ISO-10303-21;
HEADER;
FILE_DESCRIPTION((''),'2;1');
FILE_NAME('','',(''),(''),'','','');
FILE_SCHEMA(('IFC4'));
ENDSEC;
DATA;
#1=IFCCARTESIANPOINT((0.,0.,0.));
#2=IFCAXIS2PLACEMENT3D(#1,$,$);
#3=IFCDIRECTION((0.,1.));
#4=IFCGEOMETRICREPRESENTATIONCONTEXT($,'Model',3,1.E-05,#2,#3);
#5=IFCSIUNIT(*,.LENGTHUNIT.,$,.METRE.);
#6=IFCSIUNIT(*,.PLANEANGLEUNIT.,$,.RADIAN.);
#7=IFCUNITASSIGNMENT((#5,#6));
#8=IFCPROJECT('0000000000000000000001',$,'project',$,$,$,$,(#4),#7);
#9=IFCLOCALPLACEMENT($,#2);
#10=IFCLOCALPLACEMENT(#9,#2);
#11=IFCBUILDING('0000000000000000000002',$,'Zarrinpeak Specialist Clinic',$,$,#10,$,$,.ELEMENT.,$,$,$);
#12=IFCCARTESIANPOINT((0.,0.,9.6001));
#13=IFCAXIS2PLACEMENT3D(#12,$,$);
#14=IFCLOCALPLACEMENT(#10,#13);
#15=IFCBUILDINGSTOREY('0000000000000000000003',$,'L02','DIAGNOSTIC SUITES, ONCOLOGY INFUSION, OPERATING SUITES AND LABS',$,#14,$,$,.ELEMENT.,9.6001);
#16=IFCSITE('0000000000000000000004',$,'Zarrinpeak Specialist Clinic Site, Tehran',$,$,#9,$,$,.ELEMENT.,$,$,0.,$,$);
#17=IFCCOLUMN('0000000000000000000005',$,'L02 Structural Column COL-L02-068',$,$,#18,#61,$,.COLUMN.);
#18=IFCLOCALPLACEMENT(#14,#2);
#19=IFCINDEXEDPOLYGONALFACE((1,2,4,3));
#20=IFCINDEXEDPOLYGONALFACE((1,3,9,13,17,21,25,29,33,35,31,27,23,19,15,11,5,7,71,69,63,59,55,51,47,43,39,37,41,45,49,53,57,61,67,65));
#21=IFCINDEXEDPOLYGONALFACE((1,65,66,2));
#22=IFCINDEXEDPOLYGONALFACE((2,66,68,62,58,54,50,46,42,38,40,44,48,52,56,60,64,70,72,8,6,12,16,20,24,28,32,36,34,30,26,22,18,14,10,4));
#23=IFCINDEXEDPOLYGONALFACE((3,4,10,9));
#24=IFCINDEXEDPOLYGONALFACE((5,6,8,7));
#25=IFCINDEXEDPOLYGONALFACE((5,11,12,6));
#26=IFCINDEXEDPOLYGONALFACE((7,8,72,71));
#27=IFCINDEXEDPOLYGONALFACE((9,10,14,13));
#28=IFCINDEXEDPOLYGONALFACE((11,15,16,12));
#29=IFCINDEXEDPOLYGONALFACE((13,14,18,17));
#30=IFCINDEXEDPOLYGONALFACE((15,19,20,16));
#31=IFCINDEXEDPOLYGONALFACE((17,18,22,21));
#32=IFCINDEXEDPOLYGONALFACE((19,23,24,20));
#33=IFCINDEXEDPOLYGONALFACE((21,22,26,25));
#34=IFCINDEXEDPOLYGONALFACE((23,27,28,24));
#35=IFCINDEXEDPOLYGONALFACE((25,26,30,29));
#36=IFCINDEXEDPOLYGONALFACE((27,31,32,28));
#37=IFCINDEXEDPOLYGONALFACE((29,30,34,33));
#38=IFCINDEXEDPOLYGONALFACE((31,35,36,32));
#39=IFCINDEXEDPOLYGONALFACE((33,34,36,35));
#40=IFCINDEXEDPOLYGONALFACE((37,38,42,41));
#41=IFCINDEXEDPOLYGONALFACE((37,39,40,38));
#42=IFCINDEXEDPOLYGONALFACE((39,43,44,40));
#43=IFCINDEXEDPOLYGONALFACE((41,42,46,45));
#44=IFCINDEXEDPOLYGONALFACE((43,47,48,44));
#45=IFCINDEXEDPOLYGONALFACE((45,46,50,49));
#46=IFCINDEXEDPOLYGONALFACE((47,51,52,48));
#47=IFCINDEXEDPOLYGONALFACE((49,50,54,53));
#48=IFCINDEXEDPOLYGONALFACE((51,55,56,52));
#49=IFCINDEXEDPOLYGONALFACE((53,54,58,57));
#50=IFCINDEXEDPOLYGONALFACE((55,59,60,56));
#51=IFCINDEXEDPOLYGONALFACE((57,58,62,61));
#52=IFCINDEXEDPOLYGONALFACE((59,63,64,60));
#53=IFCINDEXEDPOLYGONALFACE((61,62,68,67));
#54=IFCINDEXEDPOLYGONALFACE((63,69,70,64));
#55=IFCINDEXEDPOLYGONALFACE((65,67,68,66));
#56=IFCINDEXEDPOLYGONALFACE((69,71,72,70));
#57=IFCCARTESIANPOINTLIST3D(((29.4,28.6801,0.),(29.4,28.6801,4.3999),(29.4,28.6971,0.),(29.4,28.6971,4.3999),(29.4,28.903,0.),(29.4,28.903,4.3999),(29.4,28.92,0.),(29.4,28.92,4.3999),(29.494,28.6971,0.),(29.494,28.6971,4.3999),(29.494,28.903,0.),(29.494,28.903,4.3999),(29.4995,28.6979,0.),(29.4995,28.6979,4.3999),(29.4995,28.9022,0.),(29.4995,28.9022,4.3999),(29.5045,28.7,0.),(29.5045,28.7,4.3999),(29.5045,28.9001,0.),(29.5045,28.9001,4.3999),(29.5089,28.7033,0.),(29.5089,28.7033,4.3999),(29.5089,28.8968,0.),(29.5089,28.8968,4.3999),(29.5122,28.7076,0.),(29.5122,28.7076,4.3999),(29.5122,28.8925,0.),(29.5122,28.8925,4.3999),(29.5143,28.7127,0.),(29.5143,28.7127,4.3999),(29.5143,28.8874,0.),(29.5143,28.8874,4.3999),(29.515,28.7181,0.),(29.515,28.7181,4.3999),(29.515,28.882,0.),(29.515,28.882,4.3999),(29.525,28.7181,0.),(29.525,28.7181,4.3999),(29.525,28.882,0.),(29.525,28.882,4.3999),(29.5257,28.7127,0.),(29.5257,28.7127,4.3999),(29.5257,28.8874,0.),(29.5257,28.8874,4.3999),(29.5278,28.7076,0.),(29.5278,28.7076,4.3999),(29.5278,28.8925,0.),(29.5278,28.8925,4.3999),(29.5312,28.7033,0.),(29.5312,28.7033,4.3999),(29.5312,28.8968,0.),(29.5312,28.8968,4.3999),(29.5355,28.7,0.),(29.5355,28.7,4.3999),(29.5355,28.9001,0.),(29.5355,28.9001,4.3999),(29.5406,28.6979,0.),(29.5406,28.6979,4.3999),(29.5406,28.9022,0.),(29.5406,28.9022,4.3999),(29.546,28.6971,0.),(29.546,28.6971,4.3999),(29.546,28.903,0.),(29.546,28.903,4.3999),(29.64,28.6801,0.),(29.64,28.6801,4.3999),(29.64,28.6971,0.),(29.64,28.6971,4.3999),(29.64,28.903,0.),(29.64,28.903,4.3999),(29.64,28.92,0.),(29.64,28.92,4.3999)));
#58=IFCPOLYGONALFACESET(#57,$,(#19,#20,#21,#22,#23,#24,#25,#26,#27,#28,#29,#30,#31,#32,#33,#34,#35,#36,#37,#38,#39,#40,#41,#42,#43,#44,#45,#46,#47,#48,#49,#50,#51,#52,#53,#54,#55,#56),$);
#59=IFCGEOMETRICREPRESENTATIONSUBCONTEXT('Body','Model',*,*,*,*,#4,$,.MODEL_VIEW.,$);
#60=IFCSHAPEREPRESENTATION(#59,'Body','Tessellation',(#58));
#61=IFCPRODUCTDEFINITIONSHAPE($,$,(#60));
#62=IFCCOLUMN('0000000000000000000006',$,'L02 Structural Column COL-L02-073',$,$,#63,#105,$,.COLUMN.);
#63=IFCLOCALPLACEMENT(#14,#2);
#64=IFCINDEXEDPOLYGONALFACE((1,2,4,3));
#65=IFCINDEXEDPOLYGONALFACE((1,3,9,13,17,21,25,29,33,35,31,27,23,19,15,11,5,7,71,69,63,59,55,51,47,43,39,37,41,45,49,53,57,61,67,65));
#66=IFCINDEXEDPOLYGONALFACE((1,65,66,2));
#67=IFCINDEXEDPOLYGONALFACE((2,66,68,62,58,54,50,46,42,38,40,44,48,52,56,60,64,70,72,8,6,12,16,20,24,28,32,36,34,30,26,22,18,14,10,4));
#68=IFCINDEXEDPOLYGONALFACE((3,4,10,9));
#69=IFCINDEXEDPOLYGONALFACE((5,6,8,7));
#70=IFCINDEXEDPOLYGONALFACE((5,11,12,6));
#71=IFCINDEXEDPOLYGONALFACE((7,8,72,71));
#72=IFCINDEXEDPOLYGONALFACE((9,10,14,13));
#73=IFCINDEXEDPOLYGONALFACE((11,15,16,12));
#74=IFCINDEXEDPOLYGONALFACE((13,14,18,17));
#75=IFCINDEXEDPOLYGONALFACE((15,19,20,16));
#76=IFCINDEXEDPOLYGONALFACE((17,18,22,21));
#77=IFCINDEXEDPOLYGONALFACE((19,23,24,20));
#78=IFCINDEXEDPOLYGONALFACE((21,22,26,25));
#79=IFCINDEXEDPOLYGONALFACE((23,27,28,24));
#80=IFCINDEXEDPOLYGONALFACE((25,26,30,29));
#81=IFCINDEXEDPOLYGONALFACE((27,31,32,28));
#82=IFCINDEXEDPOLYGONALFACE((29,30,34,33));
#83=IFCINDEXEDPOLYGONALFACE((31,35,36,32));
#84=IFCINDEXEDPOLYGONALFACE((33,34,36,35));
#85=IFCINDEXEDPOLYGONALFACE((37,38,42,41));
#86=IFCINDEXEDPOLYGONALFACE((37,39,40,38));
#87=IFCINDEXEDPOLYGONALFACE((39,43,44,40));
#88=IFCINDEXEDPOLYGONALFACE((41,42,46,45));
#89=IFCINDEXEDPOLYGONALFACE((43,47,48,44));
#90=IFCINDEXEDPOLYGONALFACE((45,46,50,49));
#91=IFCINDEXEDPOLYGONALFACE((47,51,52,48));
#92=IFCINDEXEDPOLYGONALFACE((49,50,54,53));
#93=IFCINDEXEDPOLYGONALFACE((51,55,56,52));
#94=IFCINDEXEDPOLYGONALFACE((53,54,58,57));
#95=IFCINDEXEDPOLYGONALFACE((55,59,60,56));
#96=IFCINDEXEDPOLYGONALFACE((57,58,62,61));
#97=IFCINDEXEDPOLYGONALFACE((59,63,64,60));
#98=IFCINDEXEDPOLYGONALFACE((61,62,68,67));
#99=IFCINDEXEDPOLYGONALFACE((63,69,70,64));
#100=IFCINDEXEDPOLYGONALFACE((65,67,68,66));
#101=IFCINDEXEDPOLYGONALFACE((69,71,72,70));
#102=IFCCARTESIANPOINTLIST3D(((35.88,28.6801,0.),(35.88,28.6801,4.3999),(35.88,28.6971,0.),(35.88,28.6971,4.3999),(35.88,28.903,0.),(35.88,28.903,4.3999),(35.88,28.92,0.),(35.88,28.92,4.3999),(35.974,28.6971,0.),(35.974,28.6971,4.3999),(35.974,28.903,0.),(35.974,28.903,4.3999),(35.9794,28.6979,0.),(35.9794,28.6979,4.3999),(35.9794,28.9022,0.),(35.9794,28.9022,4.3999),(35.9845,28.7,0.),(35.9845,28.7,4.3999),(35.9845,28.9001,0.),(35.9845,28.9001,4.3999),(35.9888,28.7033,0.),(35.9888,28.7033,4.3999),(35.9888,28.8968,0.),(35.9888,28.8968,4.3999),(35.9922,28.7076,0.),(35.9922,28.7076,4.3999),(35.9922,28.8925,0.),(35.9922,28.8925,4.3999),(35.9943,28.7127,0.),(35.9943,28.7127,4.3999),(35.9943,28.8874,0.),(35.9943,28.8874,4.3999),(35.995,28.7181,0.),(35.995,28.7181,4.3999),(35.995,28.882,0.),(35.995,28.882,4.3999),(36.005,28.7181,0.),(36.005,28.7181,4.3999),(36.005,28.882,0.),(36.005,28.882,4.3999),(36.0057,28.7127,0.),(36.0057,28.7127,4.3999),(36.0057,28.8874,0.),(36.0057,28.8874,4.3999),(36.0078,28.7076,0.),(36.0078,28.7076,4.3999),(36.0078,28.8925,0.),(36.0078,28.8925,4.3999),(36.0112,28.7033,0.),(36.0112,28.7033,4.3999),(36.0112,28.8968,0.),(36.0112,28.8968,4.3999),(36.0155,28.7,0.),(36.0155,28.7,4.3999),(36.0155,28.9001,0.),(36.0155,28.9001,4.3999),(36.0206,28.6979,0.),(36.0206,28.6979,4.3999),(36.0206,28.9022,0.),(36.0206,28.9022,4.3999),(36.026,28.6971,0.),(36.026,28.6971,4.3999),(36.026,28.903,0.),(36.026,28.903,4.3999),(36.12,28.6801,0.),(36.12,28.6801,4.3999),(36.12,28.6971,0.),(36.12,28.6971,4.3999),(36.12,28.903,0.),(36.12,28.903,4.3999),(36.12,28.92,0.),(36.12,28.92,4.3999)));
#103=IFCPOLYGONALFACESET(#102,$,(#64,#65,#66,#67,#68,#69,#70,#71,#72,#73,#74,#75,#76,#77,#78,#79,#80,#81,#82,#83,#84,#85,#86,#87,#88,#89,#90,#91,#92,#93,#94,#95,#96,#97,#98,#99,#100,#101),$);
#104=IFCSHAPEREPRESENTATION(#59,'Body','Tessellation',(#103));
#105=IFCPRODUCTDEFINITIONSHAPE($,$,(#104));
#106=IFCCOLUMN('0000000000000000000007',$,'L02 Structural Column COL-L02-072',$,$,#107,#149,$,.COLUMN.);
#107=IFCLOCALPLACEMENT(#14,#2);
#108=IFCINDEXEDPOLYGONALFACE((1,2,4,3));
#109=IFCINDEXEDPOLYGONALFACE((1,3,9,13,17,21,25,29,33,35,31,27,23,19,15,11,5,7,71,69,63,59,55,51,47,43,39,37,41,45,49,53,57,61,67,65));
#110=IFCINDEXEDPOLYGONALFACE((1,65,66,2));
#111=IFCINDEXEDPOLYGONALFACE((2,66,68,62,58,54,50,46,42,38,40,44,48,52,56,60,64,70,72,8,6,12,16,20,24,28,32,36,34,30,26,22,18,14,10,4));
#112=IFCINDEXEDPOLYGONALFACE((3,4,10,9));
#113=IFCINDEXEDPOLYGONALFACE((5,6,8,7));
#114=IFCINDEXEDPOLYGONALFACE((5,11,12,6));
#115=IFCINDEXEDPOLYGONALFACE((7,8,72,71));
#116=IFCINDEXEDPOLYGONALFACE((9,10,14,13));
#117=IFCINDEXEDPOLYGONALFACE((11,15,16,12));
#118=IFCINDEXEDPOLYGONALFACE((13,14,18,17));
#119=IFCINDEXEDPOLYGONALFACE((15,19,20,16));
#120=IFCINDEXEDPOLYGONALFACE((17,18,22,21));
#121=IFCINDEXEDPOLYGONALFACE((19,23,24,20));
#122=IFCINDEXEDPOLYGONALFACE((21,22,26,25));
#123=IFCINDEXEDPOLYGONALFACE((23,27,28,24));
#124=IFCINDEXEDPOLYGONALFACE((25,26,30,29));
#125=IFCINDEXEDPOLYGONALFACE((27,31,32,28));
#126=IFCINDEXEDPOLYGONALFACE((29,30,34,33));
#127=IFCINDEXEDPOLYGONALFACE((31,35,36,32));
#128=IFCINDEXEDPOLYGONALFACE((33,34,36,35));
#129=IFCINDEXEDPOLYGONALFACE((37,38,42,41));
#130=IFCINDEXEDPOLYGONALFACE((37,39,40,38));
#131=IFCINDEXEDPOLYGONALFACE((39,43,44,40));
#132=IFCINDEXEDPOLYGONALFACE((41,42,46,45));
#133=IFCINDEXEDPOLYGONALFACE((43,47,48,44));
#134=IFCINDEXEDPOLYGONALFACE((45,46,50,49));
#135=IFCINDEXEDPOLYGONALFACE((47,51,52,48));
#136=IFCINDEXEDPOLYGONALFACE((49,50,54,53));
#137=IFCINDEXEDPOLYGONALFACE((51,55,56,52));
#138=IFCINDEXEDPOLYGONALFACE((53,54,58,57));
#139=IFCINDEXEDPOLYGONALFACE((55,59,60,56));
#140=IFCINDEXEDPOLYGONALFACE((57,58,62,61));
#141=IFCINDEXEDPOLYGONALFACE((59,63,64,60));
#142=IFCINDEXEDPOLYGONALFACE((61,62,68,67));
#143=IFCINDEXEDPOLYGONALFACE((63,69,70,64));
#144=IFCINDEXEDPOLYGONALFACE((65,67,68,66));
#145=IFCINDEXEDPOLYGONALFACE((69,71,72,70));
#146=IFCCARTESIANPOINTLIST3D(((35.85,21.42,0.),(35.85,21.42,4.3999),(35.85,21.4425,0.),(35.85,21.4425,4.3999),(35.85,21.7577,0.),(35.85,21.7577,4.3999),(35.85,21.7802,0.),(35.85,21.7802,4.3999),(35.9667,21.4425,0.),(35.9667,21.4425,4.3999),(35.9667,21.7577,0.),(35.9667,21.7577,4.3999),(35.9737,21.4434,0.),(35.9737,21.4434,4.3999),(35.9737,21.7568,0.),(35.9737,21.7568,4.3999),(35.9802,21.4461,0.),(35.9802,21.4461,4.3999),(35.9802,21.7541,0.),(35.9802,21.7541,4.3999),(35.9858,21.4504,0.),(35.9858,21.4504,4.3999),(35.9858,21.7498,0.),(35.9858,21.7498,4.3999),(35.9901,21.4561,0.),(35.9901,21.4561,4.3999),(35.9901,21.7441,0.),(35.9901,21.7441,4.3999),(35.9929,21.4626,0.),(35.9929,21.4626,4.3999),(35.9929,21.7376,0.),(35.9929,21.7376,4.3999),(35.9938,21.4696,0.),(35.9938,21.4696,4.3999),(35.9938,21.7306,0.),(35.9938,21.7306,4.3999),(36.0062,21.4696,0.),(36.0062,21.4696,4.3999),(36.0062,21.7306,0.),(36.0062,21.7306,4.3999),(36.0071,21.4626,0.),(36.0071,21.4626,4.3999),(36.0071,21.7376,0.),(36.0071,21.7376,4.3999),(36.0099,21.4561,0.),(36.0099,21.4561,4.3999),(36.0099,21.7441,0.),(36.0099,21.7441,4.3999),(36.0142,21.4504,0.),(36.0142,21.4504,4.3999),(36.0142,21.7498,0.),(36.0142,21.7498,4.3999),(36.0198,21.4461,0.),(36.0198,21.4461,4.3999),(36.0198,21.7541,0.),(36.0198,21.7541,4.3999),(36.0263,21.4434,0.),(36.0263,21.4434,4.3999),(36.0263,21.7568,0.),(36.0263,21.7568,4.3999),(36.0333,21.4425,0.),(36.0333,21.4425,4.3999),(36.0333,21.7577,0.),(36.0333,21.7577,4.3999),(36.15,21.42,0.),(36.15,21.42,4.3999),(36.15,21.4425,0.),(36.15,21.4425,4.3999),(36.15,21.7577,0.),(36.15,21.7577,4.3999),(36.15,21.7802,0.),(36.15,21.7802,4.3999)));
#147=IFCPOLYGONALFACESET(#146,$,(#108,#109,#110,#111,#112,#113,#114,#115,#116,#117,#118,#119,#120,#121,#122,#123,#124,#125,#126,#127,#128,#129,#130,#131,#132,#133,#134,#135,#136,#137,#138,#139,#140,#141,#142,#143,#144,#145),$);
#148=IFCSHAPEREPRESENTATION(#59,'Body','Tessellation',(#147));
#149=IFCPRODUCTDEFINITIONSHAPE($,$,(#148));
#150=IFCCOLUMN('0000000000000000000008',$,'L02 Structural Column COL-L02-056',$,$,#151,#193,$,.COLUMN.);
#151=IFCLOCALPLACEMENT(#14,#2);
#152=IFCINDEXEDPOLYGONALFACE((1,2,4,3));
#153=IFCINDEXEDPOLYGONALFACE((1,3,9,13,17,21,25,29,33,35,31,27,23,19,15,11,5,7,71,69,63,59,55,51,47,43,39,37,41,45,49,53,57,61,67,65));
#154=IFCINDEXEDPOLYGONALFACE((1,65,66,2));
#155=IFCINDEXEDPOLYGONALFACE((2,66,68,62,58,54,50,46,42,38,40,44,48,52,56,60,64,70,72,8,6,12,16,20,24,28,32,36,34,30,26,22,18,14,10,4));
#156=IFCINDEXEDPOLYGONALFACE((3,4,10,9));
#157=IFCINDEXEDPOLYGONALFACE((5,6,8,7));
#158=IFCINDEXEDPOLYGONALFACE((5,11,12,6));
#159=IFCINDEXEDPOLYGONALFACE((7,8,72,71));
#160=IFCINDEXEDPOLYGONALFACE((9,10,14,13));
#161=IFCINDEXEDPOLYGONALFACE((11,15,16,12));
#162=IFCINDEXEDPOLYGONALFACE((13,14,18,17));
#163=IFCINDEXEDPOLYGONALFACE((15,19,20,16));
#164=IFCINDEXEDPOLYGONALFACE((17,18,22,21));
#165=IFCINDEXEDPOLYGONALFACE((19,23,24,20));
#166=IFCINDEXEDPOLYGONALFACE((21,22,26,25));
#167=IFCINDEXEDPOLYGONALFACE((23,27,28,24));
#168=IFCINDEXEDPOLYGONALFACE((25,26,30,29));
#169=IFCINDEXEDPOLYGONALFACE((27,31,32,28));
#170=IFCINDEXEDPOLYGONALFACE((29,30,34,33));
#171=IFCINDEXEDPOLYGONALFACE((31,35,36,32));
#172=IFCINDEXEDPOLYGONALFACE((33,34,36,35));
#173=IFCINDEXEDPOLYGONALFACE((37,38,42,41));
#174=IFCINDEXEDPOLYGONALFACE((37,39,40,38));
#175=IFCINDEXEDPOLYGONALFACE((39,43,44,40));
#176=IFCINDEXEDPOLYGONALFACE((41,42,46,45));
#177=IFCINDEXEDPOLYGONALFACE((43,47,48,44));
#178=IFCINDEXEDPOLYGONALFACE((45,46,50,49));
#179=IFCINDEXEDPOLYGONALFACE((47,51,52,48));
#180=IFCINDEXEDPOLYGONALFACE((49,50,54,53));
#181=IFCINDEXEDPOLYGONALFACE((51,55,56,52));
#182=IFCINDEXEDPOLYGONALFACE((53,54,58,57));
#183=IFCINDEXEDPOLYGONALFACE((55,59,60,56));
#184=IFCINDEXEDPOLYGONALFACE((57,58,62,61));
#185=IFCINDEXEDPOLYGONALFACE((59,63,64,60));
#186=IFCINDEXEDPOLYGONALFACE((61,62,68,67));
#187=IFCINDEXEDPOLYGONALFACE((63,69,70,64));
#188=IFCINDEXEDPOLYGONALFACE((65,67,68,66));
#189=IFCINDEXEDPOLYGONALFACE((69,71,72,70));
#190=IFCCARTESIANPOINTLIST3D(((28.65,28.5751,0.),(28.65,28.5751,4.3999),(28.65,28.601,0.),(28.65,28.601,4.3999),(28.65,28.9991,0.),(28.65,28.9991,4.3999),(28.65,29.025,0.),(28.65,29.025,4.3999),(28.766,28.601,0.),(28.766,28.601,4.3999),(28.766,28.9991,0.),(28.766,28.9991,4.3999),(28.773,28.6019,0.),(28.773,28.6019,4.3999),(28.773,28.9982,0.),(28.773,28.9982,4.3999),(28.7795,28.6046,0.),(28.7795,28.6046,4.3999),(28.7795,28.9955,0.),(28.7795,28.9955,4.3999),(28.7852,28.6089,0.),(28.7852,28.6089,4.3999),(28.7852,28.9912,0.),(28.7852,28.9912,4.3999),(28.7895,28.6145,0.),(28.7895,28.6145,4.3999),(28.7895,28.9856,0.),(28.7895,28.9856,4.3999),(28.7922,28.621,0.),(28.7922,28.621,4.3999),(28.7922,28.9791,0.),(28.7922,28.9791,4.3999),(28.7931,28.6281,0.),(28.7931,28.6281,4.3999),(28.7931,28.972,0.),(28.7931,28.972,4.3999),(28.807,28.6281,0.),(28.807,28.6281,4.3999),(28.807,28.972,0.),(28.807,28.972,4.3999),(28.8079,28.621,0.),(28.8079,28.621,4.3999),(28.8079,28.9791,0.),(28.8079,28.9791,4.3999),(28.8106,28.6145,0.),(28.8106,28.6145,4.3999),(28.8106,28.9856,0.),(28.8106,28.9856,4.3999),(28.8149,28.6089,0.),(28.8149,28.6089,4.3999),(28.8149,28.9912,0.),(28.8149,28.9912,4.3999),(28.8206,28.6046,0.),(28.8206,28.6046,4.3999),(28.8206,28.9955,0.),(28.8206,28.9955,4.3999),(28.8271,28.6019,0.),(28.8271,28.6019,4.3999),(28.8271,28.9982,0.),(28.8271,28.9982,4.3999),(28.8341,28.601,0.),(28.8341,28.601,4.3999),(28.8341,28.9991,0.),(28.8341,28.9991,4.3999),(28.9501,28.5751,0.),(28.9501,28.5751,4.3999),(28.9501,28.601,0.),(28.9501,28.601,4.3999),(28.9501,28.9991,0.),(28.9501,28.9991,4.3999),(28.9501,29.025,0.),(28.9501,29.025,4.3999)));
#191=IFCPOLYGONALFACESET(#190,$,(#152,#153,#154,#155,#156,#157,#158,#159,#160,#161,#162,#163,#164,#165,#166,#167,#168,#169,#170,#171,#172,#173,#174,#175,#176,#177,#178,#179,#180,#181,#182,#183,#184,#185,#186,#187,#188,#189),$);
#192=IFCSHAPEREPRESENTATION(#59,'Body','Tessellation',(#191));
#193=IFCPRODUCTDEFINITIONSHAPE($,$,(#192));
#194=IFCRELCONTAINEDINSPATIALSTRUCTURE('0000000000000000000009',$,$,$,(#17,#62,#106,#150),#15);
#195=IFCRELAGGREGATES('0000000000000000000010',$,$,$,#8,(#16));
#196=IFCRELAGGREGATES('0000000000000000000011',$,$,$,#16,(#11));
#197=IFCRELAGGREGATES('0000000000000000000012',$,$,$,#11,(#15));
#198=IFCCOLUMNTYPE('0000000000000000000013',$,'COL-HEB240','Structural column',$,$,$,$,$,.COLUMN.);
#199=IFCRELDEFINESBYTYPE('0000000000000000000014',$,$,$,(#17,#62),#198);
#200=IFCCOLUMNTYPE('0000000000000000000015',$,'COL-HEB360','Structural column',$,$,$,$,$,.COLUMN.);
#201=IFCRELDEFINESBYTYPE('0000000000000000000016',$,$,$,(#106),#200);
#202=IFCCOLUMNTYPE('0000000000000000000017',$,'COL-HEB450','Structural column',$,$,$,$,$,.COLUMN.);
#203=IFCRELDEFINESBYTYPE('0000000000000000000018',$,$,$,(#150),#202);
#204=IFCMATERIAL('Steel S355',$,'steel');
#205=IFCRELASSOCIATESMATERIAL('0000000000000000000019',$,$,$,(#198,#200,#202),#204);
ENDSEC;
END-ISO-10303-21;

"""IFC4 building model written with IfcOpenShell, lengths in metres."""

from ifc_helpers import new_model, si_unit, direction, frame, origin, origin_2d, place, context, subcontext, project, spatial, i_section, extrude, material, material_profile, profile_set, type_object, element, save


model = new_model("IFC4")

# Units and contexts
model_context = context("Model", 3, precision=1e-05, world=origin(), true_north=direction((0.0, 1.0)))
body_context = subcontext(model_context, "Body", "Model", "MODEL_VIEW")
ifc_project = project(units=[si_unit("LENGTHUNIT", "METRE"), si_unit("PLANEANGLEUNIT", "RADIAN")], contexts=[model_context])

# Site, building, storey
site_placement = place(None, origin())
site = spatial("IfcSite", under=ifc_project, at=site_placement, Name="Zarrinpeak Specialist Clinic Site, Tehran", CompositionType="ELEMENT", RefElevation=0.0)
building_placement = place(site_placement, origin())
building = spatial("IfcBuilding", under=site, at=building_placement, Name="Zarrinpeak Specialist Clinic", CompositionType="ELEMENT")
storey_placement = place(building_placement, frame((0.0, 0.0, 9.6001)))
storey = spatial("IfcBuildingStorey", under=building, at=storey_placement, Name="L02", Description="DIAGNOSTIC SUITES, ONCOLOGY INFUSION, OPERATING SUITES AND LABS", CompositionType="ELEMENT", Elevation=9.6001)

# Columns
ifc_material_1 = material(Name="Steel S355", Category="steel")
ifc_material_profile_1 = material_profile(ifc_material_1, i_section(OverallWidth=0.24, OverallDepth=0.24, WebThickness=0.01, FlangeThickness=0.0171, FilletRadius=0.021, at=origin_2d()), Name="HEB 240")
ifc_profile_set_1 = profile_set([ifc_material_profile_1], Name="Steel S355")
column_type_1 = type_object("IfcColumnType", Name="COL-HEB240", Description="Structural column", PredefinedType="COLUMN", material=ifc_profile_set_1)
for number, where, z_axis, x_axis, name in (
    (1, (29.52, 28.8, 0.0), (0.0, 0.0, 1.0), (1.0, 0.0, 0.0), "L02 Structural Column COL-L02-068"),
    (2, (36.0, 28.8, 0.0), (0.0, 0.0, 1.0), (1.0, 0.0, 0.0), "L02 Structural Column COL-L02-073"),
):
    element("IfcColumn", number, at=place(storey_placement, frame(where, z_axis=z_axis, x_axis=x_axis)), inside=storey, type_object=column_type_1, Name=name, PredefinedType="COLUMN", context=body_context, shape_type="SweptSolid", body=[
        extrude(i_section(OverallWidth=0.24, OverallDepth=0.24, WebThickness=0.01, FlangeThickness=0.0171, FilletRadius=0.021, at=origin_2d()), origin(), (0.0, 0.0, 1.0), 4.3999),
    ])
ifc_material_profile_2 = material_profile(ifc_material_1, i_section(OverallWidth=0.3, OverallDepth=0.3601, WebThickness=0.0125, FlangeThickness=0.0225, FilletRadius=0.0271, at=origin_2d()), Name="HEB 360")
ifc_profile_set_2 = profile_set([ifc_material_profile_2], Name="Steel S355")
column_type_2 = type_object("IfcColumnType", Name="COL-HEB360", Description="Structural column", PredefinedType="COLUMN", material=ifc_profile_set_2)
column_1_placement = place(storey_placement, frame((36.0, 21.6001, 0.0), z_axis=(0.0, 0.0, 1.0), x_axis=(1.0, 0.0, 0.0)))
element("IfcColumn", 3, at=column_1_placement, inside=storey, type_object=column_type_2, Name="L02 Structural Column COL-L02-072", PredefinedType="COLUMN", context=body_context, shape_type="SweptSolid", body=[
    extrude(i_section(OverallWidth=0.3, OverallDepth=0.3601, WebThickness=0.0125, FlangeThickness=0.0225, FilletRadius=0.0271, at=origin_2d()), origin(), (0.0, 0.0, 1.0), 4.3999),
])
ifc_material_profile_3 = material_profile(ifc_material_1, i_section(OverallWidth=0.3, OverallDepth=0.45, WebThickness=0.0139, FlangeThickness=0.0259, FilletRadius=0.0271, at=origin_2d()), Name="HEB 450")
ifc_profile_set_3 = profile_set([ifc_material_profile_3], Name="Steel S355")
column_type_3 = type_object("IfcColumnType", Name="COL-HEB450", Description="Structural column", PredefinedType="COLUMN", material=ifc_profile_set_3)
column_2_placement = place(storey_placement, frame((28.8, 28.8, 0.0), z_axis=(0.0, 0.0, 1.0), x_axis=(1.0, 0.0, 0.0)))
element("IfcColumn", 4, at=column_2_placement, inside=storey, type_object=column_type_3, Name="L02 Structural Column COL-L02-056", PredefinedType="COLUMN", context=body_context, shape_type="SweptSolid", body=[
    extrude(i_section(OverallWidth=0.3, OverallDepth=0.45, WebThickness=0.0139, FlangeThickness=0.0259, FilletRadius=0.0271, at=origin_2d()), origin(), (0.0, 0.0, 1.0), 4.3999),
])

save(model, "model.ifc")
